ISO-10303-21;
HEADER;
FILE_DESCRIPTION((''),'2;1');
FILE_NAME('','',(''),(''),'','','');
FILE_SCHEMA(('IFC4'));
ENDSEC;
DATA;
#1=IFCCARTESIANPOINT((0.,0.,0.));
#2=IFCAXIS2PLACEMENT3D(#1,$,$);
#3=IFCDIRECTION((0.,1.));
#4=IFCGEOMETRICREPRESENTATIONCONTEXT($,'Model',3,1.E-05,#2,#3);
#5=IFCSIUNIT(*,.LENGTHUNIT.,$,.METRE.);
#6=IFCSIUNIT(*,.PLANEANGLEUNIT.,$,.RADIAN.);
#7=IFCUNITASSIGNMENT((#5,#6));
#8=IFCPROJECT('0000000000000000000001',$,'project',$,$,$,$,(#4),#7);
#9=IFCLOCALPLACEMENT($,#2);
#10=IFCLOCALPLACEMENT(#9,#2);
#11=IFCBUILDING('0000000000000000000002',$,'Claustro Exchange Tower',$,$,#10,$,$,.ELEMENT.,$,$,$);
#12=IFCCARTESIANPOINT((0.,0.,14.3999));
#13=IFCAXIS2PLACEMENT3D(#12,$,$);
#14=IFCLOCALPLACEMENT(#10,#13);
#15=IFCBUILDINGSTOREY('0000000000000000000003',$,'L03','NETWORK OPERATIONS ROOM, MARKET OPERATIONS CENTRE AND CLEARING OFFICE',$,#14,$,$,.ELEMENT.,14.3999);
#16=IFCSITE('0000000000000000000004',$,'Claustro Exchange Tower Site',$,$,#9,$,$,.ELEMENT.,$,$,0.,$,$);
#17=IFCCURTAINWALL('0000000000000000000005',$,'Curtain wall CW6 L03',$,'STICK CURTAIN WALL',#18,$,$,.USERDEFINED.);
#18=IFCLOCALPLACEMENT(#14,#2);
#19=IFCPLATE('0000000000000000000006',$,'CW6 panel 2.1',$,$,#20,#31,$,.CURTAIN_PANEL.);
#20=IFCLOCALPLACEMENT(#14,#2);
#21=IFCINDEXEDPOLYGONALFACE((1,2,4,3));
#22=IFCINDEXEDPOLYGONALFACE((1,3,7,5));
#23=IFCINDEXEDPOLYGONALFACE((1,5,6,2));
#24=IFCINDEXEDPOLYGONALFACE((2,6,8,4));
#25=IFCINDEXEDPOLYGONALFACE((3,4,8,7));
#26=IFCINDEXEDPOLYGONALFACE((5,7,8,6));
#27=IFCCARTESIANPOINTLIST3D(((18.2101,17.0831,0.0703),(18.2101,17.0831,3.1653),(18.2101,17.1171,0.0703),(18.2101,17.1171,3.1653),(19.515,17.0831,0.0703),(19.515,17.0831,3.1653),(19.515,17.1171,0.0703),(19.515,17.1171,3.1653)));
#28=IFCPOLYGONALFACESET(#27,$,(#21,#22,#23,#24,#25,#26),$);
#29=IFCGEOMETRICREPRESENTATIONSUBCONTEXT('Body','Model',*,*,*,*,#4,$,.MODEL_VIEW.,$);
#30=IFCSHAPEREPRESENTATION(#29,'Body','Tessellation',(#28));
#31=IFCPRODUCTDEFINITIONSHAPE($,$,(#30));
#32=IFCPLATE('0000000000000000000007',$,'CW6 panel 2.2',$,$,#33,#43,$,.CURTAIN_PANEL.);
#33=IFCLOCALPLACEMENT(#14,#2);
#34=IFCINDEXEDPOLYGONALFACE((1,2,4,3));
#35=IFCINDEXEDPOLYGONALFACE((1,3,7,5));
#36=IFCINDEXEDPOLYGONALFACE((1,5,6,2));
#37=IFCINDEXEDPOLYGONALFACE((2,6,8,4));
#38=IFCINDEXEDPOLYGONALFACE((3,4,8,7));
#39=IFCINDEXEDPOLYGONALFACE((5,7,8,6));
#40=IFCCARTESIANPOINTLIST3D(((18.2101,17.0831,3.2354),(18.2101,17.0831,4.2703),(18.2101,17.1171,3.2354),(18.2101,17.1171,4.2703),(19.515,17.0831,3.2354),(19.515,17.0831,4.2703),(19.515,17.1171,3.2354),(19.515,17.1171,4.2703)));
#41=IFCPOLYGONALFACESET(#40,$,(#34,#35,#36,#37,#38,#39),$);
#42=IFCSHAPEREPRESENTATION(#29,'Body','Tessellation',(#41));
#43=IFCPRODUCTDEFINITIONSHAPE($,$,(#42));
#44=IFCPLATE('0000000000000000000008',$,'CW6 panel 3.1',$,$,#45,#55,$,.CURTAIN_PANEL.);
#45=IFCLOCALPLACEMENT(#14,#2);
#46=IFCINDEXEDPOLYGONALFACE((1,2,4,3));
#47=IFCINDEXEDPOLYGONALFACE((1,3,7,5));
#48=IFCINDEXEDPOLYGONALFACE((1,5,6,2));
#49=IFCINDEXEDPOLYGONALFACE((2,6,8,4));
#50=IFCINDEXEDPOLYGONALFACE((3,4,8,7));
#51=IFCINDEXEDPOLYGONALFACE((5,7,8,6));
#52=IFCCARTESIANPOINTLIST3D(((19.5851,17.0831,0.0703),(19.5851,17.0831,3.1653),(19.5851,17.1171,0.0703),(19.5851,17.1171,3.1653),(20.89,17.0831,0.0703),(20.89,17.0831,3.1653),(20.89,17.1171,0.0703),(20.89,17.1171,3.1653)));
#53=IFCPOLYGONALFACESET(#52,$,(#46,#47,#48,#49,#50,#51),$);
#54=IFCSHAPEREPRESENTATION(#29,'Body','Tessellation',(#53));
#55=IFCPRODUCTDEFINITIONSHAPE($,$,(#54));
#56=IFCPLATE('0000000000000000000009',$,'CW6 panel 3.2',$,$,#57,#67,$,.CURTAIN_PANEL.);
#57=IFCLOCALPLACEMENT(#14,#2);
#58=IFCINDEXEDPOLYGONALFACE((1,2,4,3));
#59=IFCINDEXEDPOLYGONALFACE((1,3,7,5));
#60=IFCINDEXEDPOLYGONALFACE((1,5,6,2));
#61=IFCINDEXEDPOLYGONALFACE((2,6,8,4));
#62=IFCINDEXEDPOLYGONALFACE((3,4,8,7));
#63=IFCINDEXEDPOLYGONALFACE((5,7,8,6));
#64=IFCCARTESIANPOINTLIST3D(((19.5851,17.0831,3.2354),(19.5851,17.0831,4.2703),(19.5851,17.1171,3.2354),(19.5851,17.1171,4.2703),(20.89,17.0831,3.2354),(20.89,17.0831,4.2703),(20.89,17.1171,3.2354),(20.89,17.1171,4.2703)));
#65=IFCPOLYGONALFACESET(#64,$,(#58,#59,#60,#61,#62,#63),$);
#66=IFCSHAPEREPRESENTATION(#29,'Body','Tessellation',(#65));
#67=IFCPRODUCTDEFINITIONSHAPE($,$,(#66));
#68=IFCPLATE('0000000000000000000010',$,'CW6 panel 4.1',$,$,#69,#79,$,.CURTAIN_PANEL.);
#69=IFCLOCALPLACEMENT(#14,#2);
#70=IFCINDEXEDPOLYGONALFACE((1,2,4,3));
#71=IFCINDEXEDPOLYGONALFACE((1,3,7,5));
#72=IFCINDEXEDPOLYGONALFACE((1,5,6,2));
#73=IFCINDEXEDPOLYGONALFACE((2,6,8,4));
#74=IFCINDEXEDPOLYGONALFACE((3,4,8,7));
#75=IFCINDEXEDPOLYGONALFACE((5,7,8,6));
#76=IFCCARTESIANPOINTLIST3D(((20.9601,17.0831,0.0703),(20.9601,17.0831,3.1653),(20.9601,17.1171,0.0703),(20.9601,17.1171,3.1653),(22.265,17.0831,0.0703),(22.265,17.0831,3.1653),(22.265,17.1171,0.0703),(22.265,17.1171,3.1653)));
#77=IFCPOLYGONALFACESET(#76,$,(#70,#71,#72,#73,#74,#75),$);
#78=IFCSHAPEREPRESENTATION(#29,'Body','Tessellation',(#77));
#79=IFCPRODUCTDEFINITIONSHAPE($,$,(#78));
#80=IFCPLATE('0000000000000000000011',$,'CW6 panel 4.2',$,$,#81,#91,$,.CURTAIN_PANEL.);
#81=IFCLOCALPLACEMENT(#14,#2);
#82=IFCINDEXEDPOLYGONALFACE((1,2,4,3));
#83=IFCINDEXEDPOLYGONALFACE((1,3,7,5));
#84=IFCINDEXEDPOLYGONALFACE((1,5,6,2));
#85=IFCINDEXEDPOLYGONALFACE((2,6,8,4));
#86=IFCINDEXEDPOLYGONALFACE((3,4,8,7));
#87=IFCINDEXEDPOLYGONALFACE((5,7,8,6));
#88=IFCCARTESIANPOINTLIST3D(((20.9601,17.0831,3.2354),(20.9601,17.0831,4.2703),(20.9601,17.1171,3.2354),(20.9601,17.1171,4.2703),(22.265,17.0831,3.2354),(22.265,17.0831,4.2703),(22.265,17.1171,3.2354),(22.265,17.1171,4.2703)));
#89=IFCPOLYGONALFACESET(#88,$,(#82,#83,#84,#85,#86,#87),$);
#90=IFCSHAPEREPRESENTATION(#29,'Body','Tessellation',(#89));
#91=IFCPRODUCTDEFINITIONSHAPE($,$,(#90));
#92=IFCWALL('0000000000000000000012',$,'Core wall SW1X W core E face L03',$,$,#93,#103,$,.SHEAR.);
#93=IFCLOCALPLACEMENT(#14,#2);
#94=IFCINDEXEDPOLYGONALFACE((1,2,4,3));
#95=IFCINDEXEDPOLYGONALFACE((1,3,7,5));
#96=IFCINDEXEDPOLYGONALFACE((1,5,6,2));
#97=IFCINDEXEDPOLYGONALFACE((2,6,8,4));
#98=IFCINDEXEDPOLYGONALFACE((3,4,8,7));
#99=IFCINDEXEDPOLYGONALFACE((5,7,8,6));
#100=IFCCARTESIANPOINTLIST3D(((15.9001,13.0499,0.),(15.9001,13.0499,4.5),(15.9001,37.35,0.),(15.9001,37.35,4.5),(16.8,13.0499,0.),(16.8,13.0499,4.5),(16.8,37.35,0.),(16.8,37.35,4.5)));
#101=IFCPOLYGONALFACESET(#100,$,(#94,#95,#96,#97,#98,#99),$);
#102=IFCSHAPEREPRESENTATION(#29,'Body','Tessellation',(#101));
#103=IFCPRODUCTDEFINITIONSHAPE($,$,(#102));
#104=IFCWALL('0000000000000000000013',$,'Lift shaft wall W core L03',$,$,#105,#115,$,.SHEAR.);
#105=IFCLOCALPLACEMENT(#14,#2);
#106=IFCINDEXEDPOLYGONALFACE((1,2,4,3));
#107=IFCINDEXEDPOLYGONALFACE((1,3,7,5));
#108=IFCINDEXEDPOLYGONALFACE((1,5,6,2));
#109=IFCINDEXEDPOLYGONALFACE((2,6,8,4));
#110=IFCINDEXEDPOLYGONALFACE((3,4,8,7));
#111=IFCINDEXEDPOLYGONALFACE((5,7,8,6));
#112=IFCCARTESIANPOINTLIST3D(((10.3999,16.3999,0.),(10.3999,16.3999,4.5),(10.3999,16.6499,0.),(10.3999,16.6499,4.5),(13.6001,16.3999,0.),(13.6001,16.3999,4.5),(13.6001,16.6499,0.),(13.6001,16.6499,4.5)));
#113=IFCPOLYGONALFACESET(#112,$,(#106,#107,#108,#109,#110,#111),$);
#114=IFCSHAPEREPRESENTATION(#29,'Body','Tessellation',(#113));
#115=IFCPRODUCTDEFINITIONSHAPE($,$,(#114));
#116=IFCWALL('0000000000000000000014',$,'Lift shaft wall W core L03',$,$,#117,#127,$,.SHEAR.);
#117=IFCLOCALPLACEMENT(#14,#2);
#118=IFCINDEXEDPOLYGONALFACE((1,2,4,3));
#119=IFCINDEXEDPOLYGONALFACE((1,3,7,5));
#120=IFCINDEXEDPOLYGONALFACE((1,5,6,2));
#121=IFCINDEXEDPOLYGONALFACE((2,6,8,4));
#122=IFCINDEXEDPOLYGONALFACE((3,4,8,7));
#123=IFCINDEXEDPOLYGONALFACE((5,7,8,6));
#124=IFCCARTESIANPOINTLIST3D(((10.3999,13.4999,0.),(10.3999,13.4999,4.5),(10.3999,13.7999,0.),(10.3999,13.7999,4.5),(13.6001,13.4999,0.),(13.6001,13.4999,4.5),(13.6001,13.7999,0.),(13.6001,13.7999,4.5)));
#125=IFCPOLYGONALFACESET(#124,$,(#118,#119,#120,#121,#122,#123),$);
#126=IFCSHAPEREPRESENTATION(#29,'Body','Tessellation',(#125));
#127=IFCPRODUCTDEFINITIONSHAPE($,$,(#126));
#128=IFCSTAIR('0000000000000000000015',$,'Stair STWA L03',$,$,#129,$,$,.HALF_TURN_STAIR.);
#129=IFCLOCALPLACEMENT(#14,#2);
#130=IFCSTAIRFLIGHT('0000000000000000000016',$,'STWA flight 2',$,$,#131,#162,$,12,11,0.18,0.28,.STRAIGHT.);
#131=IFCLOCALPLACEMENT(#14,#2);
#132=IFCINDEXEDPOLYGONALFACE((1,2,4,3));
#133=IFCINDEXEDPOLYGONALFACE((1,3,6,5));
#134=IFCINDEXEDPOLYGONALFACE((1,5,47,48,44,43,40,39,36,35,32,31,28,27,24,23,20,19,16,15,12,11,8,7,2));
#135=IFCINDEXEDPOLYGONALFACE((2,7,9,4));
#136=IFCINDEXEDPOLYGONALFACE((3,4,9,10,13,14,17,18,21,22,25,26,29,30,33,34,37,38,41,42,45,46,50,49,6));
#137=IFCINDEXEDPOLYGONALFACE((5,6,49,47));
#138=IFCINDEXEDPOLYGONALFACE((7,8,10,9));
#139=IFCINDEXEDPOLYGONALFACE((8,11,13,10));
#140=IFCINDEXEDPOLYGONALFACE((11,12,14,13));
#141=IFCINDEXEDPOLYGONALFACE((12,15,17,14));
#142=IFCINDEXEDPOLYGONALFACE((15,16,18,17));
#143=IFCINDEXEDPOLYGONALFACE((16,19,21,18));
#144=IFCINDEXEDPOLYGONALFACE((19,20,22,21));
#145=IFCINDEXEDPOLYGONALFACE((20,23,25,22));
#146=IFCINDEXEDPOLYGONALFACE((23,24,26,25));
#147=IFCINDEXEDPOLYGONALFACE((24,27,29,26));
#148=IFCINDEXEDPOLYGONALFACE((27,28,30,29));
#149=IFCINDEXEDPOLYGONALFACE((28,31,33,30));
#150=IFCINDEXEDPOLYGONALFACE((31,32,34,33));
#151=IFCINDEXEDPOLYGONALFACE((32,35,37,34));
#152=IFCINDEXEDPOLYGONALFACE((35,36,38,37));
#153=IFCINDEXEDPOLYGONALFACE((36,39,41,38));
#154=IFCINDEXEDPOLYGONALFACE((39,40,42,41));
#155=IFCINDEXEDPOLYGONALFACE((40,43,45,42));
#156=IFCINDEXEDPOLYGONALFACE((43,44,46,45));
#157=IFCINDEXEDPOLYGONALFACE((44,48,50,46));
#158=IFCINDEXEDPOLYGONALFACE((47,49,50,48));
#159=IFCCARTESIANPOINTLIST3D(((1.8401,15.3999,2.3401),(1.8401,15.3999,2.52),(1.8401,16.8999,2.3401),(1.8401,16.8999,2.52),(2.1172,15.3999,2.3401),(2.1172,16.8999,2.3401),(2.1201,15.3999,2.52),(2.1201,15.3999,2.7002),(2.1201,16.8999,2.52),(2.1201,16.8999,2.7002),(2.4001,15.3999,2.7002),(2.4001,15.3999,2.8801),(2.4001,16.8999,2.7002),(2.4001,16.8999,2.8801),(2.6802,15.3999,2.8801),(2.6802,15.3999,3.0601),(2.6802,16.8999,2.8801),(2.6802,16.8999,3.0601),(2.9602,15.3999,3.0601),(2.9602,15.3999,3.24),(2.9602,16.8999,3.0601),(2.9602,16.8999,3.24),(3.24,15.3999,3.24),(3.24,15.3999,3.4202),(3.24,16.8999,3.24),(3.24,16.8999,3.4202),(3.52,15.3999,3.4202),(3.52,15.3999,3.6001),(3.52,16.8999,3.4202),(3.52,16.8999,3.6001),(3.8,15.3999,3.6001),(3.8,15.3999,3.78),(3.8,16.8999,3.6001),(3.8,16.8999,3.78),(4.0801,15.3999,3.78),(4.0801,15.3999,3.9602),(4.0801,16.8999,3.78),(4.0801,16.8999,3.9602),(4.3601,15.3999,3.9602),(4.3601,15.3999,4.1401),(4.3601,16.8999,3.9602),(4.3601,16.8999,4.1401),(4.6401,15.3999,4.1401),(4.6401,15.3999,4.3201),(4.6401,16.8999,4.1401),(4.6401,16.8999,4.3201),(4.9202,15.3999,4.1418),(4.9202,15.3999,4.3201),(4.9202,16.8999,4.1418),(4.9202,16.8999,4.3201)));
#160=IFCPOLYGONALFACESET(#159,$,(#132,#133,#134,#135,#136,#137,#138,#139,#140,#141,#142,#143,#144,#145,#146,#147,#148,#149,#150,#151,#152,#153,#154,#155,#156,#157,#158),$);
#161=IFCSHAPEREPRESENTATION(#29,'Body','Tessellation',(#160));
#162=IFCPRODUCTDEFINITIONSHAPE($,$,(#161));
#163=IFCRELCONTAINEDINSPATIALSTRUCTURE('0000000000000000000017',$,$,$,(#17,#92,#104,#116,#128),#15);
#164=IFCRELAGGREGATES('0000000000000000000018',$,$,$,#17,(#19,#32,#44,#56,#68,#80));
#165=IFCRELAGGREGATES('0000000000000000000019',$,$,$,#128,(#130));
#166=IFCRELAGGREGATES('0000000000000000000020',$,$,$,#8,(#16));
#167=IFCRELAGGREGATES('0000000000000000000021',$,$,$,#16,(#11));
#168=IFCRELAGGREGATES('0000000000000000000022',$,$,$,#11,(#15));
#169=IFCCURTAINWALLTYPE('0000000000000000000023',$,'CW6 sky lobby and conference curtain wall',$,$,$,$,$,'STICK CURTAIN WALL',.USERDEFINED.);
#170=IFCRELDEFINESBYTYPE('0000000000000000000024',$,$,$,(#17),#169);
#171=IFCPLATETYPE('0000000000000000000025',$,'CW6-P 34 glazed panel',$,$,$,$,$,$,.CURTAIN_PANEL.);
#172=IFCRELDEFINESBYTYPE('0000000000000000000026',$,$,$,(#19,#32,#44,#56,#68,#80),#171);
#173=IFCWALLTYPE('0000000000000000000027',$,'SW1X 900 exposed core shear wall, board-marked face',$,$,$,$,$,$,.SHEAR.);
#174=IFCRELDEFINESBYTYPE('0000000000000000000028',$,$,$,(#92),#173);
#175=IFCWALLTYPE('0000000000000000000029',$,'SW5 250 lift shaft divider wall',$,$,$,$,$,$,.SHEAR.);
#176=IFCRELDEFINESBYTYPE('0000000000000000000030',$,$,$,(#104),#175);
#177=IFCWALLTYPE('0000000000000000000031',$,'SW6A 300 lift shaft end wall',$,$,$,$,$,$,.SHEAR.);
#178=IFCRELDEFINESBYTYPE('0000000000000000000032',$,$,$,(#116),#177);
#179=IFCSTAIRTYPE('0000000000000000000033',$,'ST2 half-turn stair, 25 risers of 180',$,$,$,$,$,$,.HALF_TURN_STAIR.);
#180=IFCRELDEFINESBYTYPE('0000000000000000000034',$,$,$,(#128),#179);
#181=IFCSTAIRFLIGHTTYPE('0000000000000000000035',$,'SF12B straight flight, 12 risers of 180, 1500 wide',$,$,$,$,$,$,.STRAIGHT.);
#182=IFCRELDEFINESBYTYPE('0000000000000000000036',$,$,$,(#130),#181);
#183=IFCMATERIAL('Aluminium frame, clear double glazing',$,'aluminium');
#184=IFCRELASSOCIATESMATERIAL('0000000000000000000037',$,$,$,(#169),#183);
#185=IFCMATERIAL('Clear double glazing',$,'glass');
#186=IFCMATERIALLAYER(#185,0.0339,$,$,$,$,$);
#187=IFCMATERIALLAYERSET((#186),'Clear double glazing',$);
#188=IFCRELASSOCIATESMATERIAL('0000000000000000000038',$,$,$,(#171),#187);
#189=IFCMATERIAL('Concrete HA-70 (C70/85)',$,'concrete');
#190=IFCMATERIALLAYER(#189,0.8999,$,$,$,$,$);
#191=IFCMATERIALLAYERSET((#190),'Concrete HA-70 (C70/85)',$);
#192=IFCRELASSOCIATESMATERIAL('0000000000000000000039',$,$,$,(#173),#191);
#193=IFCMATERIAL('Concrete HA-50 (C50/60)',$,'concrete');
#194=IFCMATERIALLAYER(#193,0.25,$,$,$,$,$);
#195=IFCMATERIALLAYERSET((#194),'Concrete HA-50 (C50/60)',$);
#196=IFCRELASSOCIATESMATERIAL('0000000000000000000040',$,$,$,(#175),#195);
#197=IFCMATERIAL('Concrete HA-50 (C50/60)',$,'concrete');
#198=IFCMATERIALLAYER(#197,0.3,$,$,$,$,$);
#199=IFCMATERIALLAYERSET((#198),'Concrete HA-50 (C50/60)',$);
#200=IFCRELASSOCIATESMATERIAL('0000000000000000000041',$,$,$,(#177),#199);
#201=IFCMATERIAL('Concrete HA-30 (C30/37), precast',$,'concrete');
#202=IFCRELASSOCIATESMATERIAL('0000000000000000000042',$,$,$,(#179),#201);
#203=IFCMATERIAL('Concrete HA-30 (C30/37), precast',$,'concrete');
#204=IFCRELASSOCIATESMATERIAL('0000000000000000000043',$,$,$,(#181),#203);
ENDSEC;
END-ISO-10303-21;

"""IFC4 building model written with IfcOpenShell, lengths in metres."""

from ifc_helpers import new_model, si_unit, direction, frame, frame_2d, origin, origin_2d, place, context, subcontext, project, spatial, polyline, rectangle, outline, extrude, material, layer, layer_set, type_object, element, aggregate, save


model = new_model("IFC4")

# Units and contexts
model_context = context("Model", 3, precision=1e-05, world=origin(), true_north=direction((0.0, 1.0)))
body_context = subcontext(model_context, "Body", "Model", "MODEL_VIEW")
ifc_project = project(units=[si_unit("LENGTHUNIT", "METRE"), si_unit("PLANEANGLEUNIT", "RADIAN")], contexts=[model_context])

# Site, building, storey
site_placement = place(None, origin())
site = spatial("IfcSite", under=ifc_project, at=site_placement, Name="Claustro Exchange Tower Site", CompositionType="ELEMENT", RefElevation=0.0)
building_placement = place(site_placement, origin())
building = spatial("IfcBuilding", under=site, at=building_placement, Name="Claustro Exchange Tower", CompositionType="ELEMENT")
storey_placement = place(building_placement, frame((0.0, 0.0, 14.3999)))
storey = spatial("IfcBuildingStorey", under=building, at=storey_placement, Name="L03", Description="NETWORK OPERATIONS ROOM, MARKET OPERATIONS CENTRE AND CLEARING OFFICE", CompositionType="ELEMENT", Elevation=14.3999)

# Curtain wall, plates
ifc_material_1 = material(Name="Aluminium frame, clear double glazing", Category="aluminium")
curtain_wall_type = type_object("IfcCurtainWallType", Name="CW6 sky lobby and conference curtain wall", ElementType="STICK CURTAIN WALL", PredefinedType="USERDEFINED", material=ifc_material_1)
curtain_wall_placement = place(storey_placement, origin())
curtain_wall = element("IfcCurtainWall", 1, at=curtain_wall_placement, inside=storey, type_object=curtain_wall_type, Name="Curtain wall CW6 L03", ObjectType="STICK CURTAIN WALL", PredefinedType="USERDEFINED")
ifc_material_2 = material(Name="Clear double glazing", Category="glass")
ifc_layer_1 = layer(ifc_material_2, 0.0339)
ifc_layer_set_1 = layer_set([ifc_layer_1], Name="Clear double glazing")
plate_type = type_object("IfcPlateType", Name="CW6-P 34 glazed panel", PredefinedType="CURTAIN_PANEL", material=ifc_layer_set_1)
plate_1_placement = place(storey_placement, frame((18.8625, 17.1001, 0.0703), z_axis=(0.0, 0.0, 1.0), x_axis=(1.0, 0.0, 0.0)))
plate_1 = element("IfcPlate", 2, at=plate_1_placement, type_object=plate_type, Name="CW6 panel 2.1", PredefinedType="CURTAIN_PANEL", context=body_context, shape_type="SweptSolid", body=[
    extrude(rectangle(XDim=1.3049, YDim=0.0339, at=origin_2d()), origin(), (0.0, 0.0, 1.0), 3.095),
])
plate_2_placement = place(storey_placement, frame((18.8625, 17.1001, 3.2354), z_axis=(0.0, 0.0, 1.0), x_axis=(1.0, 0.0, 0.0)))
plate_2 = element("IfcPlate", 3, at=plate_2_placement, type_object=plate_type, Name="CW6 panel 2.2", PredefinedType="CURTAIN_PANEL", context=body_context, shape_type="SweptSolid", body=[
    extrude(rectangle(XDim=1.3049, YDim=0.0339, at=origin_2d()), origin(), (0.0, 0.0, 1.0), 1.0349),
])
plate_3_placement = place(storey_placement, frame((20.2375, 17.1001, 0.0703), z_axis=(0.0, 0.0, 1.0), x_axis=(1.0, 0.0, 0.0)))
plate_3 = element("IfcPlate", 4, at=plate_3_placement, type_object=plate_type, Name="CW6 panel 3.1", PredefinedType="CURTAIN_PANEL", context=body_context, shape_type="SweptSolid", body=[
    extrude(rectangle(XDim=1.3049, YDim=0.0339, at=origin_2d()), origin(), (0.0, 0.0, 1.0), 3.095),
])
plate_4_placement = place(storey_placement, frame((20.2375, 17.1001, 3.2354), z_axis=(0.0, 0.0, 1.0), x_axis=(1.0, 0.0, 0.0)))
plate_4 = element("IfcPlate", 5, at=plate_4_placement, type_object=plate_type, Name="CW6 panel 3.2", PredefinedType="CURTAIN_PANEL", context=body_context, shape_type="SweptSolid", body=[
    extrude(rectangle(XDim=1.3049, YDim=0.0339, at=origin_2d()), origin(), (0.0, 0.0, 1.0), 1.0349),
])
plate_5_placement = place(storey_placement, frame((21.6125, 17.1001, 0.0703), z_axis=(0.0, 0.0, 1.0), x_axis=(1.0, 0.0, 0.0)))
plate_5 = element("IfcPlate", 6, at=plate_5_placement, type_object=plate_type, Name="CW6 panel 4.1", PredefinedType="CURTAIN_PANEL", context=body_context, shape_type="SweptSolid", body=[
    extrude(rectangle(XDim=1.3049, YDim=0.0339, at=origin_2d()), origin(), (0.0, 0.0, 1.0), 3.095),
])
plate_6_placement = place(storey_placement, frame((21.6125, 17.1001, 3.2354), z_axis=(0.0, 0.0, 1.0), x_axis=(1.0, 0.0, 0.0)))
plate_6 = element("IfcPlate", 7, at=plate_6_placement, type_object=plate_type, Name="CW6 panel 4.2", PredefinedType="CURTAIN_PANEL", context=body_context, shape_type="SweptSolid", body=[
    extrude(rectangle(XDim=1.3049, YDim=0.0339, at=origin_2d()), origin(), (0.0, 0.0, 1.0), 1.0349),
])
aggregate(curtain_wall, [plate_1, plate_2, plate_3, plate_4, plate_5, plate_6])

# Walls
ifc_material_3 = material(Name="Concrete HA-70 (C70/85)", Category="concrete")
ifc_layer_2 = layer(ifc_material_3, 0.8999)
ifc_layer_set_2 = layer_set([ifc_layer_2], Name="Concrete HA-70 (C70/85)")
wall_type_1 = type_object("IfcWallType", Name="SW1X 900 exposed core shear wall, board-marked face", PredefinedType="SHEAR", material=ifc_layer_set_2)
wall_1_placement = place(storey_placement, frame((16.3501, 13.05, 0.0), z_axis=(0.0, 0.0, 1.0), x_axis=(0.0, 1.0, 0.0)))
element("IfcWall", 8, at=wall_1_placement, inside=storey, type_object=wall_type_1, Name="Core wall SW1X W core E face L03", PredefinedType="SHEAR", context=body_context, shape_type="SweptSolid", body=[
    extrude(rectangle(XDim=24.3, YDim=0.8999, at=frame_2d((12.1499, 0.0))), origin(), (0.0, 0.0, 1.0), 4.5),
])
ifc_material_4 = material(Name="Concrete HA-50 (C50/60)", Category="concrete")
ifc_layer_3 = layer(ifc_material_4, 0.25)
ifc_layer_set_3 = layer_set([ifc_layer_3], Name="Concrete HA-50 (C50/60)")
wall_type_2 = type_object("IfcWallType", Name="SW5 250 lift shaft divider wall", PredefinedType="SHEAR", material=ifc_layer_set_3)
wall_2_placement = place(storey_placement, frame((10.3999, 16.5249, 0.0), z_axis=(0.0, 0.0, 1.0), x_axis=(1.0, 0.0, 0.0)))
element("IfcWall", 9, at=wall_2_placement, inside=storey, type_object=wall_type_2, Name="Lift shaft wall W core L03", PredefinedType="SHEAR", context=body_context, shape_type="SweptSolid", body=[
    extrude(rectangle(XDim=3.2002, YDim=0.25, at=frame_2d((1.6001, 0.0))), origin(), (0.0, 0.0, 1.0), 4.5),
])
ifc_material_5 = material(Name="Concrete HA-50 (C50/60)", Category="concrete")
ifc_layer_4 = layer(ifc_material_5, 0.3)
ifc_layer_set_4 = layer_set([ifc_layer_4], Name="Concrete HA-50 (C50/60)")
wall_type_3 = type_object("IfcWallType", Name="SW6A 300 lift shaft end wall", PredefinedType="SHEAR", material=ifc_layer_set_4)
wall_3_placement = place(storey_placement, frame((10.3999, 13.6499, 0.0), z_axis=(0.0, 0.0, 1.0), x_axis=(1.0, 0.0, 0.0)))
element("IfcWall", 10, at=wall_3_placement, inside=storey, type_object=wall_type_3, Name="Lift shaft wall W core L03", PredefinedType="SHEAR", context=body_context, shape_type="SweptSolid", body=[
    extrude(rectangle(XDim=3.2002, YDim=0.3, at=frame_2d((1.6001, 0.0))), origin(), (0.0, 0.0, 1.0), 4.5),
])

# Stair, stair flight
ifc_material_6 = material(Name="Concrete HA-30 (C30/37), precast", Category="concrete")
stair_type = type_object("IfcStairType", Name="ST2 half-turn stair, 25 risers of 180", PredefinedType="HALF_TURN_STAIR", material=ifc_material_6)
stair_placement = place(storey_placement, origin())
stair = element("IfcStair", 11, at=stair_placement, inside=storey, type_object=stair_type, Name="Stair STWA L03", PredefinedType="HALF_TURN_STAIR")
ifc_material_7 = material(Name="Concrete HA-30 (C30/37), precast", Category="concrete")
stair_flight_type_1 = type_object("IfcStairFlightType", Name="SF12B straight flight, 12 risers of 180, 1500 wide", PredefinedType="STRAIGHT", material=ifc_material_7)
stair_flight_1_placement = place(storey_placement, frame((1.8401, 16.1499, 2.3401), z_axis=(0.0, 0.0, 1.0), x_axis=(1.0, 0.0, 0.0)))
stair_flight_1 = element("IfcStairFlight", 12, at=stair_flight_1_placement, type_object=stair_flight_type_1, Name="STWA flight 2", NumberOfRisers=12, NumberOfTreads=11, PredefinedType="STRAIGHT", RiserHeight=0.18, TreadLength=0.28, context=body_context, shape_type="SweptSolid", body=[
    extrude(outline(polyline([(0.0, 0.0), (0.0, 0.1799), (0.28, 0.1799), (0.28, 0.3601), (0.5601, 0.3601), (0.5601, 0.54), (0.8401, 0.54), (0.8401, 0.72), (1.1201, 0.72), (1.1201, 0.8999), (1.3999, 0.8999), (1.3999, 1.0801), (1.6799, 1.0801), (1.6799, 1.26), (1.96, 1.26), (1.96, 1.4399), (2.24, 1.4399), (2.24, 1.6201), (2.52, 1.6201), (2.52, 1.8), (2.8, 1.8), (2.8, 1.98), (3.0801, 1.98), (3.0801, 2.1599), (3.0801, 1.8018), (0.2771, 0.0), (0.0, 0.0)])), frame((0.0, 0.75, 0.0), z_axis=(0.0, -1.0, 0.0), x_axis=(1.0, 0.0, 0.0)), (0.0, 0.0, 1.0), 1.5),
])
aggregate(stair, [stair_flight_1])

save(model, "model.ifc")
